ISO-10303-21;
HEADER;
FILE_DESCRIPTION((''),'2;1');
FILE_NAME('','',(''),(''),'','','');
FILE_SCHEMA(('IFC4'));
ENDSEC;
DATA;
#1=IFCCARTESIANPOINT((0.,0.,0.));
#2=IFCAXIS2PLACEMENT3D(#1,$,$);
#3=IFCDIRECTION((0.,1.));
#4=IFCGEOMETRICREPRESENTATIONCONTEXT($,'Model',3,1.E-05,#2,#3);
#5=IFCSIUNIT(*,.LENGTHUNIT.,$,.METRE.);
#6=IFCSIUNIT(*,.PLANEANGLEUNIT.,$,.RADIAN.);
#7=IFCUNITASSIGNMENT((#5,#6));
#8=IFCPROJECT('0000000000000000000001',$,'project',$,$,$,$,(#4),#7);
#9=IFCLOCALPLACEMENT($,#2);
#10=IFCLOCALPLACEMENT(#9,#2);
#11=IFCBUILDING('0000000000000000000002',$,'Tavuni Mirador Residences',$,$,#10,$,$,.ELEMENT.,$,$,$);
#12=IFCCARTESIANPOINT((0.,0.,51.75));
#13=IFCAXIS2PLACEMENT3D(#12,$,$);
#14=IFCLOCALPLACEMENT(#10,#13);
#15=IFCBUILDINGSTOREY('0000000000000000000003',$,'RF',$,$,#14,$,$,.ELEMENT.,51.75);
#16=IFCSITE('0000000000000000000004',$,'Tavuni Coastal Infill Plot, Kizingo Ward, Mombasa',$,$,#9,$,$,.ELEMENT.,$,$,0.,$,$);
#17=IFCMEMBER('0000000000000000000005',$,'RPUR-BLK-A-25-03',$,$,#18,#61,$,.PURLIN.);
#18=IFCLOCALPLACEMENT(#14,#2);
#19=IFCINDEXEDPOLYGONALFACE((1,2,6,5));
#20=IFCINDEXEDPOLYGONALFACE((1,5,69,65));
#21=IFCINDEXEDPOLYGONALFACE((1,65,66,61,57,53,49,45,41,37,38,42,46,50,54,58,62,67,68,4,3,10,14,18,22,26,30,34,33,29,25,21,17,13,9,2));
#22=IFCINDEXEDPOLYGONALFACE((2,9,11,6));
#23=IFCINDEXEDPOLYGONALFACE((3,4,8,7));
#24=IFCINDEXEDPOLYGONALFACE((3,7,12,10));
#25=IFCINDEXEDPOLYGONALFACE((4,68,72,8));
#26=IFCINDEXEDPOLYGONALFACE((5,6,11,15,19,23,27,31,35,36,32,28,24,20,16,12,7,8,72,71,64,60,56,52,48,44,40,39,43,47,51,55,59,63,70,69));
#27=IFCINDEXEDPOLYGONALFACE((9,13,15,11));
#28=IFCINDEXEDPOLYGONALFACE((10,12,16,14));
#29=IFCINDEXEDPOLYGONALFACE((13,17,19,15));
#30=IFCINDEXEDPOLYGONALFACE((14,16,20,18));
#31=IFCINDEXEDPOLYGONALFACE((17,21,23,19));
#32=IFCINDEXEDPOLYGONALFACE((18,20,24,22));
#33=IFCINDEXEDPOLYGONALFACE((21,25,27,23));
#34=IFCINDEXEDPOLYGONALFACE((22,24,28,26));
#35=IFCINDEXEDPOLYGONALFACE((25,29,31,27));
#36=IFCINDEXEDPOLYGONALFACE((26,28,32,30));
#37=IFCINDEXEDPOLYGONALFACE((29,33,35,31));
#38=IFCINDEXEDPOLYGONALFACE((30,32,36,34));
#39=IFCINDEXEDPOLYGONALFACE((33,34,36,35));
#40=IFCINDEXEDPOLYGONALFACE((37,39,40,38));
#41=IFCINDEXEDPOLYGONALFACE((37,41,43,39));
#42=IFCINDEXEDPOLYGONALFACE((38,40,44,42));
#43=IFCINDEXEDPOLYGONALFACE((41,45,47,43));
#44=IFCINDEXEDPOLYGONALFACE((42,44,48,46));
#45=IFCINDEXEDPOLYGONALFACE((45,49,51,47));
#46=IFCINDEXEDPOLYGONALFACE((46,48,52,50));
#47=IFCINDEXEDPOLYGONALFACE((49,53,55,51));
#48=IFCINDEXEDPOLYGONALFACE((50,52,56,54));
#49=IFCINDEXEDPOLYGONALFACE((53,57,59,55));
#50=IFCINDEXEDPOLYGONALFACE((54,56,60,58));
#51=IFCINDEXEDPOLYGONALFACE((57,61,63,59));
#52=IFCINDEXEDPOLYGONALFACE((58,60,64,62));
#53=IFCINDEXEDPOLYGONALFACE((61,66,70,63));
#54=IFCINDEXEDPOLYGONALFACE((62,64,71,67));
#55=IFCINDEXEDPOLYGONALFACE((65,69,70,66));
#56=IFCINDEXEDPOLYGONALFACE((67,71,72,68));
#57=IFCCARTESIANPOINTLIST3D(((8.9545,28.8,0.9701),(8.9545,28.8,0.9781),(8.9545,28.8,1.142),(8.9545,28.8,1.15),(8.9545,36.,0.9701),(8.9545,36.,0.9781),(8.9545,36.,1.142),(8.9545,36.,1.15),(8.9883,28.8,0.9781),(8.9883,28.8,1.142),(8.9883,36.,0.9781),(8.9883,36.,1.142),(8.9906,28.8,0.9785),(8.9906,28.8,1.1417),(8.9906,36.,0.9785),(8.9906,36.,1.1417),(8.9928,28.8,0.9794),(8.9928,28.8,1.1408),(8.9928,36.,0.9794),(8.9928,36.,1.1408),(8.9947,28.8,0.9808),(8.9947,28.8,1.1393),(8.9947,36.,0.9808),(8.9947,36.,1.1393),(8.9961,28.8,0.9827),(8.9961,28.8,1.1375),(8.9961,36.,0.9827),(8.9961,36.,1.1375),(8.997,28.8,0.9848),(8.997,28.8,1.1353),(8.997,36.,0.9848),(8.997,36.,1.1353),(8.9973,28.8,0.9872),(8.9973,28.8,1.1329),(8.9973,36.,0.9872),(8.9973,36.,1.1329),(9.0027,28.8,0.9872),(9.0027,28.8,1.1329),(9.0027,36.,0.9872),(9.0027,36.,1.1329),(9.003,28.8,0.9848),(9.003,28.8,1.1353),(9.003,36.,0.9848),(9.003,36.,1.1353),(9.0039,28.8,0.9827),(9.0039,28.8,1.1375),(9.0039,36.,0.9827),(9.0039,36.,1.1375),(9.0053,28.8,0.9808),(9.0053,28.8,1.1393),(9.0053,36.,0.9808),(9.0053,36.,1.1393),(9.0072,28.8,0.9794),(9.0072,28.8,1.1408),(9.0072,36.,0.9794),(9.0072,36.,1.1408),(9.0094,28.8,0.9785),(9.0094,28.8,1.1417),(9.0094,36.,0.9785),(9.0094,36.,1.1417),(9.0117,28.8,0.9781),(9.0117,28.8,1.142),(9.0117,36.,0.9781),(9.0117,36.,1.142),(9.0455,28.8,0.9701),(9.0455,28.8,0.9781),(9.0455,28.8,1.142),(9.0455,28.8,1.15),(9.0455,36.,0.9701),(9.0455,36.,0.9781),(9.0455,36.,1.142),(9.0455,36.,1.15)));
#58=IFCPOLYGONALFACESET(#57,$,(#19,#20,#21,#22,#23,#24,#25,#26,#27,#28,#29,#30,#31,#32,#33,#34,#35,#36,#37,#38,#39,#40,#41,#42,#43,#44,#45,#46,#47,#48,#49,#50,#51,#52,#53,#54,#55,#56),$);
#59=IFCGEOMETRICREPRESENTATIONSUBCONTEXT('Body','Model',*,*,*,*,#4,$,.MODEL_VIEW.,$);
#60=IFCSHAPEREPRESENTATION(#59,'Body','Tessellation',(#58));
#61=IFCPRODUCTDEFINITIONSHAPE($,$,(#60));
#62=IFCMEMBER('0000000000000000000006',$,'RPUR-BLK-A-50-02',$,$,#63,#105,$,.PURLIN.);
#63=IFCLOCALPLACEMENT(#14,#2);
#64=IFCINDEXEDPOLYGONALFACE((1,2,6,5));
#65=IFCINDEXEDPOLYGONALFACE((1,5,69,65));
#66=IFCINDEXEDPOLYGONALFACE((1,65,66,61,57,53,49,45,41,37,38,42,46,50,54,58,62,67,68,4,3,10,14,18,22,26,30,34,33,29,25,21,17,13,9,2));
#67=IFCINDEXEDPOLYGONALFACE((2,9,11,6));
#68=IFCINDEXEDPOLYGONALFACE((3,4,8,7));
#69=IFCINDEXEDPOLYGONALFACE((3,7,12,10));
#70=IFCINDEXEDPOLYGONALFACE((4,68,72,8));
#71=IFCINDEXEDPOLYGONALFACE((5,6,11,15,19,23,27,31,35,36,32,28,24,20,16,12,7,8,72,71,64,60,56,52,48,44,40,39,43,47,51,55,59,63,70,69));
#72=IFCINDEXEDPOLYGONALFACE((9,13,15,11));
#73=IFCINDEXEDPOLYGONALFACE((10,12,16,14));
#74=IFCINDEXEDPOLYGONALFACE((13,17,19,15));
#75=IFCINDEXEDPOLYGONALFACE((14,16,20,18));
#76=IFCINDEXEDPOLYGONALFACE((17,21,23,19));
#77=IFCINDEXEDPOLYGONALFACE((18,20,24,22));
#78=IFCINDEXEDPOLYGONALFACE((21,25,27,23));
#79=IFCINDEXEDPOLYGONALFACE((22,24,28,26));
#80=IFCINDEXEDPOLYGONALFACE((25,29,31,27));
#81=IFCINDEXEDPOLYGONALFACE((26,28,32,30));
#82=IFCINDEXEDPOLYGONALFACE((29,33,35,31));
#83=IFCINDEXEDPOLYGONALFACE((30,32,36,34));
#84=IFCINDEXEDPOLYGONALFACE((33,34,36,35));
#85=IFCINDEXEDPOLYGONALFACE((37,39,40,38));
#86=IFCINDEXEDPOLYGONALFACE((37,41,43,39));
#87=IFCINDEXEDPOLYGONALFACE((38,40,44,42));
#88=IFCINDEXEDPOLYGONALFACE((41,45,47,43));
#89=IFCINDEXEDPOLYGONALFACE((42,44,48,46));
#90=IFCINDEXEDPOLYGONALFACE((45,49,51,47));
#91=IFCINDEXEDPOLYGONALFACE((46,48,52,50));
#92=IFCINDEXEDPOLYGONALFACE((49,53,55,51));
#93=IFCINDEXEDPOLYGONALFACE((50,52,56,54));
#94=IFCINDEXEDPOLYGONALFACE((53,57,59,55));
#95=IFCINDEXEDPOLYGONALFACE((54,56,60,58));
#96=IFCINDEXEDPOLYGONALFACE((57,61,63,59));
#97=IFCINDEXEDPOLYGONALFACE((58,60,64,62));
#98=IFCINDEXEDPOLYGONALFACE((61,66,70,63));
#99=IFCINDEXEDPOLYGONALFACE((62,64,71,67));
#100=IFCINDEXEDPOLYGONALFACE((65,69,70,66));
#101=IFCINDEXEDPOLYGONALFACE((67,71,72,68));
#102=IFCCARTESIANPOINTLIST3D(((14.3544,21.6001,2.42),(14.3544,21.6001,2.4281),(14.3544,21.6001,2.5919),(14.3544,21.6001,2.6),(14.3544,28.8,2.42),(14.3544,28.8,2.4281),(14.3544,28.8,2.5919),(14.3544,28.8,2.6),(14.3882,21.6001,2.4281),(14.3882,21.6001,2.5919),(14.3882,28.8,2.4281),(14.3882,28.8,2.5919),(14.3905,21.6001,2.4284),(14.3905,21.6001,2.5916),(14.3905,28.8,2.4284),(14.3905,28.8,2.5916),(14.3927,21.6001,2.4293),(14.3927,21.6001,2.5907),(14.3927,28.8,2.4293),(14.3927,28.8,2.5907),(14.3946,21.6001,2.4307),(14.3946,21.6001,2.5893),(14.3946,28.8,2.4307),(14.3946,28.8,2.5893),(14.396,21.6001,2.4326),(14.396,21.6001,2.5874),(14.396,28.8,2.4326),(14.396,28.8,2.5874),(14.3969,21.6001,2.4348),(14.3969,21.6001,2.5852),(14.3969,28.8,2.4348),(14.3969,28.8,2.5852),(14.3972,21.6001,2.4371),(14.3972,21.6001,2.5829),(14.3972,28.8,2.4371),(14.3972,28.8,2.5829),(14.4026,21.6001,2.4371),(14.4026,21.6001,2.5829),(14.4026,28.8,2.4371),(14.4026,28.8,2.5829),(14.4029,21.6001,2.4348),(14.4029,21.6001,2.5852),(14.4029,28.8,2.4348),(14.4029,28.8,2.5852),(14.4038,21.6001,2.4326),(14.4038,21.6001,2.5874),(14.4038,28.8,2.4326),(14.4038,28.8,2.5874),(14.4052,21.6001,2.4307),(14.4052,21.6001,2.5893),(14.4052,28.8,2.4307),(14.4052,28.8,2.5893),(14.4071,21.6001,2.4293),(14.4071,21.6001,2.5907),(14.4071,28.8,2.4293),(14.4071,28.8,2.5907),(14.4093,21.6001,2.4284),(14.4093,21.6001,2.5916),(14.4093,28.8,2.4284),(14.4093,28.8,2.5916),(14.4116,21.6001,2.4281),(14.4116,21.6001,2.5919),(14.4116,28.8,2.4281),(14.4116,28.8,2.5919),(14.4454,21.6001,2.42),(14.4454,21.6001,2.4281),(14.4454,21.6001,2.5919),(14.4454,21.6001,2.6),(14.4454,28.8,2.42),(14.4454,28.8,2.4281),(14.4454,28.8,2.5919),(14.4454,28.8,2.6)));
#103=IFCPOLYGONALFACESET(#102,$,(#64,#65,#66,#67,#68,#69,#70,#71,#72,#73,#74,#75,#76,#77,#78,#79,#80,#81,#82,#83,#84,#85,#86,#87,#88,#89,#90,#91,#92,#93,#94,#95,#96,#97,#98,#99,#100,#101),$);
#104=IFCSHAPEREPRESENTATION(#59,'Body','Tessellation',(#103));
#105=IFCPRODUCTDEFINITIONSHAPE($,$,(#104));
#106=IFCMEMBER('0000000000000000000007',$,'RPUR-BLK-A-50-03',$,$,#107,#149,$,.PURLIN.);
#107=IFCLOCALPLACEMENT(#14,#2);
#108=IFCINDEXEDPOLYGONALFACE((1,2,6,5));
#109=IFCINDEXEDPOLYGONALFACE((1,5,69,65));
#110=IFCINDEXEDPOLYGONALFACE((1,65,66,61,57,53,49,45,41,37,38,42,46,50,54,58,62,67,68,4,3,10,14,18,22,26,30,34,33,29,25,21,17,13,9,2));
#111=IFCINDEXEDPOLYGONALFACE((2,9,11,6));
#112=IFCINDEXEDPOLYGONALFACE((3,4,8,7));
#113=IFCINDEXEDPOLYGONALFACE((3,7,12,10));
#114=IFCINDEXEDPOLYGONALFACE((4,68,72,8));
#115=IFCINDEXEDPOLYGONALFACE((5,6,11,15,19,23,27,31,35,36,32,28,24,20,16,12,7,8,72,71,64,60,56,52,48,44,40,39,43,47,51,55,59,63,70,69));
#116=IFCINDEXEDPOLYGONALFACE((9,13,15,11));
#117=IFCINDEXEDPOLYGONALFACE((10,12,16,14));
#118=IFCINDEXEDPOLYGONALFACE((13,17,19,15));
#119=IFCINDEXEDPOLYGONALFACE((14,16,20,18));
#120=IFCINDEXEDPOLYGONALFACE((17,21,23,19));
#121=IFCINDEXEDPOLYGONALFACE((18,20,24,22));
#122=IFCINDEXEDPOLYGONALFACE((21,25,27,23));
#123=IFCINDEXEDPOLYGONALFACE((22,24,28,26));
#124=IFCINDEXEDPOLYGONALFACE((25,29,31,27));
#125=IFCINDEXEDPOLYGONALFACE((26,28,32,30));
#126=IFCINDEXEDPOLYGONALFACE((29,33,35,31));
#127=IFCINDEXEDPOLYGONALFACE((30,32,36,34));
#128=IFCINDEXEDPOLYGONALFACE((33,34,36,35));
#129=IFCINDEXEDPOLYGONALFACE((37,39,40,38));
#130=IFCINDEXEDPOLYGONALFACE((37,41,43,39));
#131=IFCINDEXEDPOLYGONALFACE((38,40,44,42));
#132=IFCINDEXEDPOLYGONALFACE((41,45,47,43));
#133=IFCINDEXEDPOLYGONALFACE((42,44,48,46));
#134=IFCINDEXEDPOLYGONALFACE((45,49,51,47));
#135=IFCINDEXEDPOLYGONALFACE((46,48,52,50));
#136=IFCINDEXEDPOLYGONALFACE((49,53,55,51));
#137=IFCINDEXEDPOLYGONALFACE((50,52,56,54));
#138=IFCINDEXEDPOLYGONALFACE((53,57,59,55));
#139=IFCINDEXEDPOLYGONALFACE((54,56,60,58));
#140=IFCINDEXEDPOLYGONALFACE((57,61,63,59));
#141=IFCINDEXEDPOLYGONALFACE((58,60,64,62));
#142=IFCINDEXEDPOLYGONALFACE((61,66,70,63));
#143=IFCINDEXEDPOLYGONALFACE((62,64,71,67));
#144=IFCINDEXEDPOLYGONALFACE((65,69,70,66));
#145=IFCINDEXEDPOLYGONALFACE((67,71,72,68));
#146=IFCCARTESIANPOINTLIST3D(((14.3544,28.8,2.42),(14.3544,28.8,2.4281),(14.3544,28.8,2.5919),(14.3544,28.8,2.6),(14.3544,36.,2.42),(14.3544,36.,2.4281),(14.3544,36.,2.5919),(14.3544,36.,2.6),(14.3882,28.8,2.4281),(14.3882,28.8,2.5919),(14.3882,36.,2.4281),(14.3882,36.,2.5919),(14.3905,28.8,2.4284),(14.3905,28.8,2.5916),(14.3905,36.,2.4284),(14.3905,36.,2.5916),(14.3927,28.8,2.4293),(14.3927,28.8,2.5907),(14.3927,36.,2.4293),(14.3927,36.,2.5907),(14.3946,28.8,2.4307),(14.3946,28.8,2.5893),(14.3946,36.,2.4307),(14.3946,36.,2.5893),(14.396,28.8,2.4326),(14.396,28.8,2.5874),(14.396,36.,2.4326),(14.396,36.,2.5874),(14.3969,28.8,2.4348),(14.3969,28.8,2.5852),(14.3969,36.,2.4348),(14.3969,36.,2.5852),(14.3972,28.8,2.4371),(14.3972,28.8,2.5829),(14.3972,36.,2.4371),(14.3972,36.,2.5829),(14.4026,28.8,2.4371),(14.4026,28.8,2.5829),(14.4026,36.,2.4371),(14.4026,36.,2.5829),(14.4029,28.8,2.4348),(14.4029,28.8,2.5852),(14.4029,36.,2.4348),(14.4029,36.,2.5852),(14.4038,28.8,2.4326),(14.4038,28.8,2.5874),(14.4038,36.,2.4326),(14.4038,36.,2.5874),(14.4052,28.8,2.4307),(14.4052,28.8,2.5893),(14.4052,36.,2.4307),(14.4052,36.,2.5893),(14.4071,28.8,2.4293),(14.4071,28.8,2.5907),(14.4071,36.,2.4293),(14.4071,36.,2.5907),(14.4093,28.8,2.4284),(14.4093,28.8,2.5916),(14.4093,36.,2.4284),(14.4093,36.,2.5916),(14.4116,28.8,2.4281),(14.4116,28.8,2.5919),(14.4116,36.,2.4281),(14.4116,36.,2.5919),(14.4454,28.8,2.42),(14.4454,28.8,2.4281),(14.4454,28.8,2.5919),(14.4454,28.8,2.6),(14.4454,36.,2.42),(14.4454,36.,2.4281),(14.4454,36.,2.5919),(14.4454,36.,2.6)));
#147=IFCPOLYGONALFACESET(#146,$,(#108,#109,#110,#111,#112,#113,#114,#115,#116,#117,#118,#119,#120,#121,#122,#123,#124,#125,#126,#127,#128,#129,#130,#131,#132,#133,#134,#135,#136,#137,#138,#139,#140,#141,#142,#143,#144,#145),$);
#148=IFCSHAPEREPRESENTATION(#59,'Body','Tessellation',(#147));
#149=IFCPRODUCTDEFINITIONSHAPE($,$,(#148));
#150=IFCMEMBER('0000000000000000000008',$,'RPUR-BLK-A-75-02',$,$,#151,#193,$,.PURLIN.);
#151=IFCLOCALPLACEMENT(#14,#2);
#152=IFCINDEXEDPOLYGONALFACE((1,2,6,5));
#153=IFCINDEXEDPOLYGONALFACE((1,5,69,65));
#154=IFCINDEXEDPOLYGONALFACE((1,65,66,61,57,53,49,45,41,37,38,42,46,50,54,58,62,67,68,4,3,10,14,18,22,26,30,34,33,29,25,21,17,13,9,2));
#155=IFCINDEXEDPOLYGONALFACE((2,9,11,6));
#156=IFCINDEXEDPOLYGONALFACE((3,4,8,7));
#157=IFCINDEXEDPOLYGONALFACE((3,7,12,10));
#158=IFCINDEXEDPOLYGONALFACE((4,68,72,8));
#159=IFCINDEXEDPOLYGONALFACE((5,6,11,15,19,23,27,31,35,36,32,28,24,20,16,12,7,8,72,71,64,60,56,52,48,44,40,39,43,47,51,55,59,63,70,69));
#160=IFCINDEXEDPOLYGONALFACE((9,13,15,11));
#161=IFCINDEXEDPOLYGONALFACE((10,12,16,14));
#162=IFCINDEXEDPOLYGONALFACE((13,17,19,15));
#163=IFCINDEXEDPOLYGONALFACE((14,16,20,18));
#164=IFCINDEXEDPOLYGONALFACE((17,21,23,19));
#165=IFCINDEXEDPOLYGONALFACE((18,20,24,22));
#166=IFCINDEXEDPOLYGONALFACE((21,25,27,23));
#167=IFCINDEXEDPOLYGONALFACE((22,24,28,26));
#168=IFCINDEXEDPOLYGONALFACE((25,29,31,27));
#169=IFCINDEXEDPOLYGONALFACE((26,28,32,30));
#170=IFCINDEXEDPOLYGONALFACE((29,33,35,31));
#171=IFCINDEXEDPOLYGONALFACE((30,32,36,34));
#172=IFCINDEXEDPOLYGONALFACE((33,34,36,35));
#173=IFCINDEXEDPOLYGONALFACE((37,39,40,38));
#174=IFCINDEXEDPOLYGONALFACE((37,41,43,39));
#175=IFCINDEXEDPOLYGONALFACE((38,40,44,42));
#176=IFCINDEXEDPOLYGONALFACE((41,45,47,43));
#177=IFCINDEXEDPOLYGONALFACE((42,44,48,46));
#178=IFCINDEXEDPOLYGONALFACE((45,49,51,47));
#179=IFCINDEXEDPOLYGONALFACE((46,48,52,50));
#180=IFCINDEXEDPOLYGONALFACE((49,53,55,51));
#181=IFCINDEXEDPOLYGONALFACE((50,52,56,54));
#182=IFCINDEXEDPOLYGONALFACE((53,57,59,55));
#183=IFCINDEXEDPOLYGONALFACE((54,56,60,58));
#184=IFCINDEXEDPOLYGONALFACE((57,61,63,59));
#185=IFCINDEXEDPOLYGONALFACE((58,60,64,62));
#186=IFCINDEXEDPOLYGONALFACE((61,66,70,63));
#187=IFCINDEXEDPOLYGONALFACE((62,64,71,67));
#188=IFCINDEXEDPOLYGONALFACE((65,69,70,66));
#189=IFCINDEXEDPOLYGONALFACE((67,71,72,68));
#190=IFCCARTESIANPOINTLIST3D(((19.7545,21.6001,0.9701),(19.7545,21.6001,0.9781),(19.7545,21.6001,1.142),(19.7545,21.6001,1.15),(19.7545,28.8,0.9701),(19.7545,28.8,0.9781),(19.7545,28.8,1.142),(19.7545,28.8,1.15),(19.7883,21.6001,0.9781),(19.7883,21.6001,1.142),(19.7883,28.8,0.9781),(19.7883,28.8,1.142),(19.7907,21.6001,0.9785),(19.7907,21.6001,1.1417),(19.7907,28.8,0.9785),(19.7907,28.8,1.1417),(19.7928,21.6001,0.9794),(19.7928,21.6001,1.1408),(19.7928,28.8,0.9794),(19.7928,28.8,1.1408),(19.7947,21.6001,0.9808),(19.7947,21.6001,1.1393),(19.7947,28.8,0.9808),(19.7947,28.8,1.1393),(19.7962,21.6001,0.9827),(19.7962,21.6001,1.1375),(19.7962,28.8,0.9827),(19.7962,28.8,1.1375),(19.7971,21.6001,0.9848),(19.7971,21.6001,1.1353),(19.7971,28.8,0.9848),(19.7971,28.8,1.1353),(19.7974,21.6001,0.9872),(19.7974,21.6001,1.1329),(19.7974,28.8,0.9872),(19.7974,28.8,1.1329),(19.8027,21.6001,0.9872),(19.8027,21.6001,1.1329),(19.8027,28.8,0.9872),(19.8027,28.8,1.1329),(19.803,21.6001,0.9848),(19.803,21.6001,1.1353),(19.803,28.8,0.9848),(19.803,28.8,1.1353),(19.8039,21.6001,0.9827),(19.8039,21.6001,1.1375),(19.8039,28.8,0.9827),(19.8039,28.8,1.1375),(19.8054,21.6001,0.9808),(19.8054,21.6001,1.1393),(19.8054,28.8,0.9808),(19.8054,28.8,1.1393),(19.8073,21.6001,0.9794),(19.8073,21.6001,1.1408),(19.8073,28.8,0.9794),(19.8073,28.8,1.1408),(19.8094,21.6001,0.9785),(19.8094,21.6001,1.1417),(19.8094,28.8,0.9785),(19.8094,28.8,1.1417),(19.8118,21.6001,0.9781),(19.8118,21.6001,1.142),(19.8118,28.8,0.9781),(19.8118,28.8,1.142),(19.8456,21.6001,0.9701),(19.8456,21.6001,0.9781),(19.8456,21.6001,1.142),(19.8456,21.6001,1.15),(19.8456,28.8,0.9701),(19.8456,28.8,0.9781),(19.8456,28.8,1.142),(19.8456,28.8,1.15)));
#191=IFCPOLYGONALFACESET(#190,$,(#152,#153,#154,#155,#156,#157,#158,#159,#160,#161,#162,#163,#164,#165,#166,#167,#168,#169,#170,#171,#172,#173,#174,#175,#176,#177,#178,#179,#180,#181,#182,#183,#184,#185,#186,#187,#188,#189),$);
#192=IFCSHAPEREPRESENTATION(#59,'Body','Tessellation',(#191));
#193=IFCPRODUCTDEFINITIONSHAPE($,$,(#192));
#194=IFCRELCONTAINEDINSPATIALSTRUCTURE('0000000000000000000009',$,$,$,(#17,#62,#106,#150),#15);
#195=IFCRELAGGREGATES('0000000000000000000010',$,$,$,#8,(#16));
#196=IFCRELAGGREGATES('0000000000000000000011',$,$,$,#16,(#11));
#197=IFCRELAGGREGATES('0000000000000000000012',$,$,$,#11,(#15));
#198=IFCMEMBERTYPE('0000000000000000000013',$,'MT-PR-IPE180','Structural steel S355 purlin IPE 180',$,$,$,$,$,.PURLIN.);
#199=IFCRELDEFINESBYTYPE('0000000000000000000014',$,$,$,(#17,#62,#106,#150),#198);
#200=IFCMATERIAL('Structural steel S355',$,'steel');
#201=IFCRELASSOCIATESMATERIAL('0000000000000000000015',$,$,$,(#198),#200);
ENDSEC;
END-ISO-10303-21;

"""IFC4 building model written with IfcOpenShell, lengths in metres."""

from ifc_helpers import new_model, si_unit, direction, frame, origin, origin_2d, place, context, subcontext, project, spatial, i_section, extrude, material, material_profile, profile_set, type_object, element, save


model = new_model("IFC4")

# Units and contexts
model_context = context("Model", 3, precision=1e-05, world=origin(), true_north=direction((0.0, 1.0)))
body_context = subcontext(model_context, "Body", "Model", "MODEL_VIEW")
ifc_project = project(units=[si_unit("LENGTHUNIT", "METRE"), si_unit("PLANEANGLEUNIT", "RADIAN")], contexts=[model_context])

# Site, building, storey
site_placement = place(None, origin())
site = spatial("IfcSite", under=ifc_project, at=site_placement, Name="Tavuni Coastal Infill Plot, Kizingo Ward, Mombasa", CompositionType="ELEMENT", RefElevation=0.0)
building_placement = place(site_placement, origin())
building = spatial("IfcBuilding", under=site, at=building_placement, Name="Tavuni Mirador Residences", CompositionType="ELEMENT")
storey_placement = place(building_placement, frame((0.0, 0.0, 51.75)))
storey = spatial("IfcBuildingStorey", under=building, at=storey_placement, Name="RF", CompositionType="ELEMENT", Elevation=51.75)

# Members
ifc_material_1 = material(Name="Structural steel S355", Category="steel")
ifc_material_profile_1 = material_profile(ifc_material_1, i_section(OverallWidth=0.0911, OverallDepth=0.1799, WebThickness=0.0054, FlangeThickness=0.0081, FilletRadius=0.009, at=origin_2d()), Name="IPE 180", Category="steel")
ifc_profile_set_1 = profile_set([ifc_material_profile_1], Name="Structural steel S355")
member_type_1 = type_object("IfcMemberType", Name="MT-PR-IPE180", Description="Structural steel S355 purlin IPE 180", PredefinedType="PURLIN", material=ifc_profile_set_1)
for number, where, z_axis, x_axis, name in (
    (1, (9.0, 28.8, 1.0601), (0.0, 1.0, 0.0), (-1.0, 0.0, 0.0), "RPUR-BLK-A-25-03"),
    (2, (14.3999, 21.6001, 2.51), (0.0, 1.0, 0.0), (-1.0, 0.0, 0.0), "RPUR-BLK-A-50-02"),
    (3, (14.3999, 28.8, 2.51), (0.0, 1.0, 0.0), (-1.0, 0.0, 0.0), "RPUR-BLK-A-50-03"),
    (4, (19.8, 21.6001, 1.0601), (0.0, 1.0, 0.0), (-1.0, 0.0, 0.0), "RPUR-BLK-A-75-02"),
):
    element("IfcMember", number, at=place(storey_placement, frame(where, z_axis=z_axis, x_axis=x_axis)), inside=storey, type_object=member_type_1, Name=name, PredefinedType="PURLIN", context=body_context, shape_type="SweptSolid", body=[
        extrude(i_section(OverallWidth=0.0911, OverallDepth=0.1799, WebThickness=0.0054, FlangeThickness=0.0081, FilletRadius=0.009, at=origin_2d()), origin(), (0.0, 0.0, 1.0), 7.2),
    ])

save(model, "model.ifc")
